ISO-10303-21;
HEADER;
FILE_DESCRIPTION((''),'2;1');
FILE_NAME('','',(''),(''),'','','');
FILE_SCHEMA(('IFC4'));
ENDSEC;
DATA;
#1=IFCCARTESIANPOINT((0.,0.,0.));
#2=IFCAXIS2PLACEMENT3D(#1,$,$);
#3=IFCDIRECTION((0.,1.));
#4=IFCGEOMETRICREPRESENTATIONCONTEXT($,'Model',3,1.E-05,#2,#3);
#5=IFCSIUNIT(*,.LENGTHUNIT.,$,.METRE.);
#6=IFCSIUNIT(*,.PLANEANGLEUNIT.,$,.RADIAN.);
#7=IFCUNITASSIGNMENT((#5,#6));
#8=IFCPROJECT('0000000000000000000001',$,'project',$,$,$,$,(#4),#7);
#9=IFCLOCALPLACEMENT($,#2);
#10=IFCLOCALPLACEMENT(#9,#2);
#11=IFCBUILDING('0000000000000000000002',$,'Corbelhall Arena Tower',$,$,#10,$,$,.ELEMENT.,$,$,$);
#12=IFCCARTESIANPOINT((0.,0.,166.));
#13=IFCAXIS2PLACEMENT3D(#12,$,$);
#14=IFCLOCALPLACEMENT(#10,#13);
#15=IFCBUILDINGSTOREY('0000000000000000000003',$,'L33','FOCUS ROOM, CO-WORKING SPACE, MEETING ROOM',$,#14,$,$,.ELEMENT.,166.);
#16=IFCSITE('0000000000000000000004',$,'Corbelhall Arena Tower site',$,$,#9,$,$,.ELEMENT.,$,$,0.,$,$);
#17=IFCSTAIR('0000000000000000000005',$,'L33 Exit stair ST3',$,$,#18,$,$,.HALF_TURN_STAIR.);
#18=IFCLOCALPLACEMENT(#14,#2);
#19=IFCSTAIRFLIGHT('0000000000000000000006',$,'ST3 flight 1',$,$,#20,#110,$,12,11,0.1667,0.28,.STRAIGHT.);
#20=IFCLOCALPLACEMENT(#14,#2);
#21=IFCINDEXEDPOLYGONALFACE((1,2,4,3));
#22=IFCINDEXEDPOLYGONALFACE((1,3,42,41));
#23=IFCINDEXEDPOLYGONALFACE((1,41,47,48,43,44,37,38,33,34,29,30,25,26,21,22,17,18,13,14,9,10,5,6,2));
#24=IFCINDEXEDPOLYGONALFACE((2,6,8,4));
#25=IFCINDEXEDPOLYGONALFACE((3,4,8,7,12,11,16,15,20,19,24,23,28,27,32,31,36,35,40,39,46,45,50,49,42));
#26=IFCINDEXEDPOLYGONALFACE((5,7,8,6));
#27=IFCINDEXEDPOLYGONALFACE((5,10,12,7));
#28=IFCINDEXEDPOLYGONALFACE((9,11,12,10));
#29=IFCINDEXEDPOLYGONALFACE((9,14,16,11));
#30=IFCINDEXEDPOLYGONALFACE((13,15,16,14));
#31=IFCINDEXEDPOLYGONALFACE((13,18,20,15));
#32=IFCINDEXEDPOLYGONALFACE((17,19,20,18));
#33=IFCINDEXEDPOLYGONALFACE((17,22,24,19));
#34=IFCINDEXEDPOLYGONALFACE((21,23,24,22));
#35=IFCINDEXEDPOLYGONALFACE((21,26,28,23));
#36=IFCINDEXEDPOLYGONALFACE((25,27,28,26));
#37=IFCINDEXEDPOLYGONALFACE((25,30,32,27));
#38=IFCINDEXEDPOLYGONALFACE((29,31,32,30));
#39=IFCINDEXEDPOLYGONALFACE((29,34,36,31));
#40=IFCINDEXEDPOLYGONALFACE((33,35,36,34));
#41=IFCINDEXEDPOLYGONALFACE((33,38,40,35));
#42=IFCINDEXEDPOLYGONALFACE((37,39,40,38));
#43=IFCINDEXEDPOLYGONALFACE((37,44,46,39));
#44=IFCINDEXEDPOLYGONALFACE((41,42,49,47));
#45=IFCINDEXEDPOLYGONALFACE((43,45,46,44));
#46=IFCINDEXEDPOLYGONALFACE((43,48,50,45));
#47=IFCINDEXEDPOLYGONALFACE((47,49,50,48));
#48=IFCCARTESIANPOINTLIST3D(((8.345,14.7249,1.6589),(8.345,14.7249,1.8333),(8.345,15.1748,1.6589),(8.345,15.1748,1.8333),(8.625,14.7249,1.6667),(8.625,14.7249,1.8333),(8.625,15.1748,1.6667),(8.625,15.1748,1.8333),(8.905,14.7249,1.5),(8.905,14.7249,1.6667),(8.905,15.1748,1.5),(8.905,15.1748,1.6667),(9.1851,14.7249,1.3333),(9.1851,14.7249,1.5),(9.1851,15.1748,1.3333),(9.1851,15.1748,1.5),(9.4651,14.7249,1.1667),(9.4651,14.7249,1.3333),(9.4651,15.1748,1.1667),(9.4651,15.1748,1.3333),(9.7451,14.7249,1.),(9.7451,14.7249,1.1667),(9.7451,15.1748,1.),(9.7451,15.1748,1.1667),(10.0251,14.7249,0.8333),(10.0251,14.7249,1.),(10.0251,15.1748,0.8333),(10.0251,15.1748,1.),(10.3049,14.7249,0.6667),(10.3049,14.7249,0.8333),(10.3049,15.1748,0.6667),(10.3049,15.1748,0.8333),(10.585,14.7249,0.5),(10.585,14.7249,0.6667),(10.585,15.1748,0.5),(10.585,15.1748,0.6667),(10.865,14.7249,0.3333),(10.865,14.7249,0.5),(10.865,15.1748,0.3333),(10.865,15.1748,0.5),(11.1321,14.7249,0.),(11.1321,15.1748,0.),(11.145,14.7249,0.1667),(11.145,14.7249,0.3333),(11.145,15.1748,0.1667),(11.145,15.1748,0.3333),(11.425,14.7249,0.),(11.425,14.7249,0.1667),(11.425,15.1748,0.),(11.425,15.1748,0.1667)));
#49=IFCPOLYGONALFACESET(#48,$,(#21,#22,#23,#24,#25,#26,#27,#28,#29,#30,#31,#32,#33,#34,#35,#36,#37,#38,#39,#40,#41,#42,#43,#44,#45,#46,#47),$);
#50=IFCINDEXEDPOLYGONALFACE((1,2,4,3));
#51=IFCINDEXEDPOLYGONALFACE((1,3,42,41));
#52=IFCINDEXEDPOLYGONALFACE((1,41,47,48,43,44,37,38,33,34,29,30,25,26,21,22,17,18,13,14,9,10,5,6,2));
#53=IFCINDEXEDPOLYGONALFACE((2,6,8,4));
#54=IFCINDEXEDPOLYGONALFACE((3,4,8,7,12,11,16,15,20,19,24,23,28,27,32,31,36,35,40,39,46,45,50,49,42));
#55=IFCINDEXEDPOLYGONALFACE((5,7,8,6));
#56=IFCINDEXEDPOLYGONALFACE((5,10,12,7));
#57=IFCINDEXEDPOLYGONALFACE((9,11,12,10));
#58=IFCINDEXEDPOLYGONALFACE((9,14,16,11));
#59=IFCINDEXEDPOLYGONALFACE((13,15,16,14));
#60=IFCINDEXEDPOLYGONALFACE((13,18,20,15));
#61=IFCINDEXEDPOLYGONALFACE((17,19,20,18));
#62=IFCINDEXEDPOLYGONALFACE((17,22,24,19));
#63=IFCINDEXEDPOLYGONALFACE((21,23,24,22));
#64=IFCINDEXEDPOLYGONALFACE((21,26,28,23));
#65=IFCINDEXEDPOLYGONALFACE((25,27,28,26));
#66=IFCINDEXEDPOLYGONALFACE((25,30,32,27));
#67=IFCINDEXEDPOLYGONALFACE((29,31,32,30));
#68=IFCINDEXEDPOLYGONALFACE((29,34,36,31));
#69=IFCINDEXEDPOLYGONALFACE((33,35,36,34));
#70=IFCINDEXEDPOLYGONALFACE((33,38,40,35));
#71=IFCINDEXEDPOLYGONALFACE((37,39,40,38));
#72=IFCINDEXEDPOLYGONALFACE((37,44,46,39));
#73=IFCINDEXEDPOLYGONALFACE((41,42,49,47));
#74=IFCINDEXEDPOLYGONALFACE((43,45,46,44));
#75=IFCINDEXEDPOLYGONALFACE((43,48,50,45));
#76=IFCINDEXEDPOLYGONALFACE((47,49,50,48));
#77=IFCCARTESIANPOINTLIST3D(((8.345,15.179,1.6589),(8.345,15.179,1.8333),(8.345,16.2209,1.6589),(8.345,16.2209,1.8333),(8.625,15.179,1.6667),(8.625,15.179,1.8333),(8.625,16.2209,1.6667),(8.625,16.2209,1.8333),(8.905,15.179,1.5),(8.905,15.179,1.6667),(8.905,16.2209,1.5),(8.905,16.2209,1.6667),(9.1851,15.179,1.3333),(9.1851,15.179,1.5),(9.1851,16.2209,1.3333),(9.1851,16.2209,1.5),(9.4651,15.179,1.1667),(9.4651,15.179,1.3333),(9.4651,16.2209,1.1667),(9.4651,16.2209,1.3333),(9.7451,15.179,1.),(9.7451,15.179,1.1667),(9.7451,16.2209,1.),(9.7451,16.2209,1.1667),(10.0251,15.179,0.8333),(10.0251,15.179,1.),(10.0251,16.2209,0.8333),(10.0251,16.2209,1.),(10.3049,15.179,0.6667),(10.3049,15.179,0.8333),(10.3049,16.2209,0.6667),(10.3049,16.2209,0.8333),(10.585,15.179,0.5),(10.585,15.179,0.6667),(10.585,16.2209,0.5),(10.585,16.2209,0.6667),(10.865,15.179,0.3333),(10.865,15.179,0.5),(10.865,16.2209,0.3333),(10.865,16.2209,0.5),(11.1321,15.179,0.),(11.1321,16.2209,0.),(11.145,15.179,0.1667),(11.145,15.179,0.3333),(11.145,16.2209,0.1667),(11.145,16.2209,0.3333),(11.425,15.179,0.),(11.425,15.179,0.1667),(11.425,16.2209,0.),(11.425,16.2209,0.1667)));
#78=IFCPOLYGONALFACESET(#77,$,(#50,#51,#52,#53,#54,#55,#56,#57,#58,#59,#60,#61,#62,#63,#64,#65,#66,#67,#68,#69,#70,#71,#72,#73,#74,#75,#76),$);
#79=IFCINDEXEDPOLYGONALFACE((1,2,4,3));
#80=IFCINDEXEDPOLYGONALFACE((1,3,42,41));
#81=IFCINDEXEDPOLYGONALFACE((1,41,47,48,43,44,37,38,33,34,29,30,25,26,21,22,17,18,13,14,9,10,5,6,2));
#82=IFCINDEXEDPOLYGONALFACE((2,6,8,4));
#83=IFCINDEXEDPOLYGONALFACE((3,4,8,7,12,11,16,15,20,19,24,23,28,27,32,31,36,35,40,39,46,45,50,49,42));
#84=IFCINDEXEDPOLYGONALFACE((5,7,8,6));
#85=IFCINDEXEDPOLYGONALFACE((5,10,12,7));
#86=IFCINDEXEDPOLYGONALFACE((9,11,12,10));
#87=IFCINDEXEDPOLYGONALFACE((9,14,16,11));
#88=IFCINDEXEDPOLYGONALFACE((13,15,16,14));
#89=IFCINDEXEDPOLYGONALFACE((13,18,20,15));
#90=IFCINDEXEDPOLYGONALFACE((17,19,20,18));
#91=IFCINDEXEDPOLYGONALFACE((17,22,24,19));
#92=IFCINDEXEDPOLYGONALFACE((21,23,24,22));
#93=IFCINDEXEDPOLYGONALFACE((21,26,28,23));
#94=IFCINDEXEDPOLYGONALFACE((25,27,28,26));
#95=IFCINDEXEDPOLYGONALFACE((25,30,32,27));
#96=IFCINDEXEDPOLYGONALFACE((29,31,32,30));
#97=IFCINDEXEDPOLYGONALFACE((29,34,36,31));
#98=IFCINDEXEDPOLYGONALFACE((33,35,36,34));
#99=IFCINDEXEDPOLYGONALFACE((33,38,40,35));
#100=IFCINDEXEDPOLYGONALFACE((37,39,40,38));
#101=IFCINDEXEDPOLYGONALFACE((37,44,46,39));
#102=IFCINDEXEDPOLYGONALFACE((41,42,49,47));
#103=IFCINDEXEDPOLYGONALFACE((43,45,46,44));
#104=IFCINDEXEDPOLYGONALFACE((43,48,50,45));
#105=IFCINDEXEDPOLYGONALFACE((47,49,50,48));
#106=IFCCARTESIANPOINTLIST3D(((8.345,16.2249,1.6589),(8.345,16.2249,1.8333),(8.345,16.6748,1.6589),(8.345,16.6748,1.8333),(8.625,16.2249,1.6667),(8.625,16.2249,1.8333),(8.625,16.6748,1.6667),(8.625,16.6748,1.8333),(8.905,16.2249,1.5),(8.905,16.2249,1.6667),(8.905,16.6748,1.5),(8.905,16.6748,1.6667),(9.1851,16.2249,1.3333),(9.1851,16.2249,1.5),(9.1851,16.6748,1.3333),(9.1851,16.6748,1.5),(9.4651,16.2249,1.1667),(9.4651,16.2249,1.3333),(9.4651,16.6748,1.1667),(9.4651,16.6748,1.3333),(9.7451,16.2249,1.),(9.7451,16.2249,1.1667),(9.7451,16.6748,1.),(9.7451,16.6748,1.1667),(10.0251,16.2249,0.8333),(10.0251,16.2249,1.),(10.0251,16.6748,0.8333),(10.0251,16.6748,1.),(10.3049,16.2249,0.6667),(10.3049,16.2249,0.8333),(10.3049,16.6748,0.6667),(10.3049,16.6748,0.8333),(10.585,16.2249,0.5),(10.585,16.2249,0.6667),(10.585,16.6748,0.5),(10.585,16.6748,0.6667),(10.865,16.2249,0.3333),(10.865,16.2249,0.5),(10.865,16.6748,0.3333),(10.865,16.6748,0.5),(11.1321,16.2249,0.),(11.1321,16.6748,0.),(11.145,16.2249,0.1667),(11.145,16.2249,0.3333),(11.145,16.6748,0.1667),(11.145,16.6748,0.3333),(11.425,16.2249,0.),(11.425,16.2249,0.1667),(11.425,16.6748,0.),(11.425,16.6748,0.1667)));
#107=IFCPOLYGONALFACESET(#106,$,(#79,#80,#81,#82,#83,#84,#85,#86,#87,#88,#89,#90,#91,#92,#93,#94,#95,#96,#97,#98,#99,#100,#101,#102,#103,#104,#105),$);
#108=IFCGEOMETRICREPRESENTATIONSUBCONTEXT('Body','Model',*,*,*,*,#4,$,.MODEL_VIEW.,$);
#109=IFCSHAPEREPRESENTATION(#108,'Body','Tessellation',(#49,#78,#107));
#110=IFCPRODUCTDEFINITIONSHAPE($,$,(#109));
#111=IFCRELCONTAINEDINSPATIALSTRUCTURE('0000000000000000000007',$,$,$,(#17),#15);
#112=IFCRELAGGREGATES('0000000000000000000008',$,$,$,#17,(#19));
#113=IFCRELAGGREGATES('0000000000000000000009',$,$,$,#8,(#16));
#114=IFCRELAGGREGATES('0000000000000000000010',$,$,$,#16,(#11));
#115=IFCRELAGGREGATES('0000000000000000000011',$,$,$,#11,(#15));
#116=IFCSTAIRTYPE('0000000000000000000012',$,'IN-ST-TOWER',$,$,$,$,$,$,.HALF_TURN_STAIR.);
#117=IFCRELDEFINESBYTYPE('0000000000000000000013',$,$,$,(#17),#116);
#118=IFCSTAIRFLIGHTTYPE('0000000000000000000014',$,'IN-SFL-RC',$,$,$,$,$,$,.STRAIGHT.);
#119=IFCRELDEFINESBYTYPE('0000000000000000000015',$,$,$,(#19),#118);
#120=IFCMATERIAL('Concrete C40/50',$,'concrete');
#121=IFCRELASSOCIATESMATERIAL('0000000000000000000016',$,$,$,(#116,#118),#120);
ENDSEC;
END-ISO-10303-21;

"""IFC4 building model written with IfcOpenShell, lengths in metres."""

from ifc_helpers import new_model, si_unit, direction, frame, origin, place, context, subcontext, project, spatial, polyline, outline, extrude, material, type_object, element, aggregate, save


model = new_model("IFC4")

# Units and contexts
model_context = context("Model", 3, precision=1e-05, world=origin(), true_north=direction((0.0, 1.0)))
body_context = subcontext(model_context, "Body", "Model", "MODEL_VIEW")
ifc_project = project(units=[si_unit("LENGTHUNIT", "METRE"), si_unit("PLANEANGLEUNIT", "RADIAN")], contexts=[model_context])

# Site, building, storey
site_placement = place(None, origin())
site = spatial("IfcSite", under=ifc_project, at=site_placement, Name="Corbelhall Arena Tower site", CompositionType="ELEMENT", RefElevation=0.0)
building_placement = place(site_placement, origin())
building = spatial("IfcBuilding", under=site, at=building_placement, Name="Corbelhall Arena Tower", CompositionType="ELEMENT")
storey_placement = place(building_placement, frame((0.0, 0.0, 166.0)))
storey = spatial("IfcBuildingStorey", under=building, at=storey_placement, Name="L33", Description="FOCUS ROOM, CO-WORKING SPACE, MEETING ROOM", CompositionType="ELEMENT", Elevation=166.0)

# Shared definitions
ifc_material_1 = material(Name="Concrete C40/50", Category="concrete")

# Stair, stair flight
stair_type = type_object("IfcStairType", Name="IN-ST-TOWER", PredefinedType="HALF_TURN_STAIR", material=ifc_material_1)
stair_placement = place(storey_placement, origin())
stair = element("IfcStair", 1, at=stair_placement, inside=storey, type_object=stair_type, Name="L33 Exit stair ST3", PredefinedType="HALF_TURN_STAIR")
stair_flight_type = type_object("IfcStairFlightType", Name="IN-SFL-RC", PredefinedType="STRAIGHT", material=ifc_material_1)
stair_flight_1_placement = place(storey_placement, frame((11.425, 15.7, 0.0), z_axis=(0.0, 0.0, 1.0), x_axis=(-1.0, 0.0, 0.0)))
stair_flight_1 = element("IfcStairFlight", 2, at=stair_flight_1_placement, type_object=stair_flight_type, Name="ST3 flight 1", NumberOfRisers=12, NumberOfTreads=11, PredefinedType="STRAIGHT", RiserHeight=0.1667, TreadLength=0.28, context=body_context, shape_type="SweptSolid", body=[
    extrude(outline(polyline([(0.0, 0.0), (0.0, 0.1667), (0.28, 0.1667), (0.28, 0.3333), (0.5601, 0.3333), (0.5601, 0.5), (0.8401, 0.5), (0.8401, 0.6667), (1.1201, 0.6667), (1.1201, 0.8333), (1.3999, 0.8333), (1.3999, 1.0), (1.6799, 1.0), (1.6799, 1.1667), (1.96, 1.1667), (1.96, 1.3333), (2.24, 1.3333), (2.24, 1.5), (2.52, 1.5), (2.52, 1.6667), (2.8, 1.6667), (2.8, 1.8333), (3.0801, 1.8333), (3.0801, 2.0), (3.0801, 1.6589), (0.293, 0.0), (0.0, 0.0)])), frame((0.0, 0.9751, 0.0), z_axis=(0.0, -1.0, 0.0), x_axis=(1.0, 0.0, 0.0)), (0.0, 0.0, 1.0), 0.45),
    extrude(outline(polyline([(0.0, 0.0), (0.0, 0.1667), (0.28, 0.1667), (0.28, 0.3333), (0.5601, 0.3333), (0.5601, 0.5), (0.8401, 0.5), (0.8401, 0.6667), (1.1201, 0.6667), (1.1201, 0.8333), (1.3999, 0.8333), (1.3999, 1.0), (1.6799, 1.0), (1.6799, 1.1667), (1.96, 1.1667), (1.96, 1.3333), (2.24, 1.3333), (2.24, 1.5), (2.52, 1.5), (2.52, 1.6667), (2.8, 1.6667), (2.8, 1.8333), (3.0801, 1.8333), (3.0801, 2.0), (3.0801, 1.6589), (0.293, 0.0), (0.0, 0.0)])), frame((0.0, 0.521, 0.0), z_axis=(0.0, -1.0, 0.0), x_axis=(1.0, 0.0, 0.0)), (0.0, 0.0, 1.0), 1.042),
    extrude(outline(polyline([(0.0, 0.0), (0.0, 0.1667), (0.28, 0.1667), (0.28, 0.3333), (0.5601, 0.3333), (0.5601, 0.5), (0.8401, 0.5), (0.8401, 0.6667), (1.1201, 0.6667), (1.1201, 0.8333), (1.3999, 0.8333), (1.3999, 1.0), (1.6799, 1.0), (1.6799, 1.1667), (1.96, 1.1667), (1.96, 1.3333), (2.24, 1.3333), (2.24, 1.5), (2.52, 1.5), (2.52, 1.6667), (2.8, 1.6667), (2.8, 1.8333), (3.0801, 1.8333), (3.0801, 2.0), (3.0801, 1.6589), (0.293, 0.0), (0.0, 0.0)])), frame((0.0, -0.5249, 0.0), z_axis=(0.0, -1.0, 0.0), x_axis=(1.0, 0.0, 0.0)), (0.0, 0.0, 1.0), 0.45),
])
aggregate(stair, [stair_flight_1])

save(model, "model.ifc")
